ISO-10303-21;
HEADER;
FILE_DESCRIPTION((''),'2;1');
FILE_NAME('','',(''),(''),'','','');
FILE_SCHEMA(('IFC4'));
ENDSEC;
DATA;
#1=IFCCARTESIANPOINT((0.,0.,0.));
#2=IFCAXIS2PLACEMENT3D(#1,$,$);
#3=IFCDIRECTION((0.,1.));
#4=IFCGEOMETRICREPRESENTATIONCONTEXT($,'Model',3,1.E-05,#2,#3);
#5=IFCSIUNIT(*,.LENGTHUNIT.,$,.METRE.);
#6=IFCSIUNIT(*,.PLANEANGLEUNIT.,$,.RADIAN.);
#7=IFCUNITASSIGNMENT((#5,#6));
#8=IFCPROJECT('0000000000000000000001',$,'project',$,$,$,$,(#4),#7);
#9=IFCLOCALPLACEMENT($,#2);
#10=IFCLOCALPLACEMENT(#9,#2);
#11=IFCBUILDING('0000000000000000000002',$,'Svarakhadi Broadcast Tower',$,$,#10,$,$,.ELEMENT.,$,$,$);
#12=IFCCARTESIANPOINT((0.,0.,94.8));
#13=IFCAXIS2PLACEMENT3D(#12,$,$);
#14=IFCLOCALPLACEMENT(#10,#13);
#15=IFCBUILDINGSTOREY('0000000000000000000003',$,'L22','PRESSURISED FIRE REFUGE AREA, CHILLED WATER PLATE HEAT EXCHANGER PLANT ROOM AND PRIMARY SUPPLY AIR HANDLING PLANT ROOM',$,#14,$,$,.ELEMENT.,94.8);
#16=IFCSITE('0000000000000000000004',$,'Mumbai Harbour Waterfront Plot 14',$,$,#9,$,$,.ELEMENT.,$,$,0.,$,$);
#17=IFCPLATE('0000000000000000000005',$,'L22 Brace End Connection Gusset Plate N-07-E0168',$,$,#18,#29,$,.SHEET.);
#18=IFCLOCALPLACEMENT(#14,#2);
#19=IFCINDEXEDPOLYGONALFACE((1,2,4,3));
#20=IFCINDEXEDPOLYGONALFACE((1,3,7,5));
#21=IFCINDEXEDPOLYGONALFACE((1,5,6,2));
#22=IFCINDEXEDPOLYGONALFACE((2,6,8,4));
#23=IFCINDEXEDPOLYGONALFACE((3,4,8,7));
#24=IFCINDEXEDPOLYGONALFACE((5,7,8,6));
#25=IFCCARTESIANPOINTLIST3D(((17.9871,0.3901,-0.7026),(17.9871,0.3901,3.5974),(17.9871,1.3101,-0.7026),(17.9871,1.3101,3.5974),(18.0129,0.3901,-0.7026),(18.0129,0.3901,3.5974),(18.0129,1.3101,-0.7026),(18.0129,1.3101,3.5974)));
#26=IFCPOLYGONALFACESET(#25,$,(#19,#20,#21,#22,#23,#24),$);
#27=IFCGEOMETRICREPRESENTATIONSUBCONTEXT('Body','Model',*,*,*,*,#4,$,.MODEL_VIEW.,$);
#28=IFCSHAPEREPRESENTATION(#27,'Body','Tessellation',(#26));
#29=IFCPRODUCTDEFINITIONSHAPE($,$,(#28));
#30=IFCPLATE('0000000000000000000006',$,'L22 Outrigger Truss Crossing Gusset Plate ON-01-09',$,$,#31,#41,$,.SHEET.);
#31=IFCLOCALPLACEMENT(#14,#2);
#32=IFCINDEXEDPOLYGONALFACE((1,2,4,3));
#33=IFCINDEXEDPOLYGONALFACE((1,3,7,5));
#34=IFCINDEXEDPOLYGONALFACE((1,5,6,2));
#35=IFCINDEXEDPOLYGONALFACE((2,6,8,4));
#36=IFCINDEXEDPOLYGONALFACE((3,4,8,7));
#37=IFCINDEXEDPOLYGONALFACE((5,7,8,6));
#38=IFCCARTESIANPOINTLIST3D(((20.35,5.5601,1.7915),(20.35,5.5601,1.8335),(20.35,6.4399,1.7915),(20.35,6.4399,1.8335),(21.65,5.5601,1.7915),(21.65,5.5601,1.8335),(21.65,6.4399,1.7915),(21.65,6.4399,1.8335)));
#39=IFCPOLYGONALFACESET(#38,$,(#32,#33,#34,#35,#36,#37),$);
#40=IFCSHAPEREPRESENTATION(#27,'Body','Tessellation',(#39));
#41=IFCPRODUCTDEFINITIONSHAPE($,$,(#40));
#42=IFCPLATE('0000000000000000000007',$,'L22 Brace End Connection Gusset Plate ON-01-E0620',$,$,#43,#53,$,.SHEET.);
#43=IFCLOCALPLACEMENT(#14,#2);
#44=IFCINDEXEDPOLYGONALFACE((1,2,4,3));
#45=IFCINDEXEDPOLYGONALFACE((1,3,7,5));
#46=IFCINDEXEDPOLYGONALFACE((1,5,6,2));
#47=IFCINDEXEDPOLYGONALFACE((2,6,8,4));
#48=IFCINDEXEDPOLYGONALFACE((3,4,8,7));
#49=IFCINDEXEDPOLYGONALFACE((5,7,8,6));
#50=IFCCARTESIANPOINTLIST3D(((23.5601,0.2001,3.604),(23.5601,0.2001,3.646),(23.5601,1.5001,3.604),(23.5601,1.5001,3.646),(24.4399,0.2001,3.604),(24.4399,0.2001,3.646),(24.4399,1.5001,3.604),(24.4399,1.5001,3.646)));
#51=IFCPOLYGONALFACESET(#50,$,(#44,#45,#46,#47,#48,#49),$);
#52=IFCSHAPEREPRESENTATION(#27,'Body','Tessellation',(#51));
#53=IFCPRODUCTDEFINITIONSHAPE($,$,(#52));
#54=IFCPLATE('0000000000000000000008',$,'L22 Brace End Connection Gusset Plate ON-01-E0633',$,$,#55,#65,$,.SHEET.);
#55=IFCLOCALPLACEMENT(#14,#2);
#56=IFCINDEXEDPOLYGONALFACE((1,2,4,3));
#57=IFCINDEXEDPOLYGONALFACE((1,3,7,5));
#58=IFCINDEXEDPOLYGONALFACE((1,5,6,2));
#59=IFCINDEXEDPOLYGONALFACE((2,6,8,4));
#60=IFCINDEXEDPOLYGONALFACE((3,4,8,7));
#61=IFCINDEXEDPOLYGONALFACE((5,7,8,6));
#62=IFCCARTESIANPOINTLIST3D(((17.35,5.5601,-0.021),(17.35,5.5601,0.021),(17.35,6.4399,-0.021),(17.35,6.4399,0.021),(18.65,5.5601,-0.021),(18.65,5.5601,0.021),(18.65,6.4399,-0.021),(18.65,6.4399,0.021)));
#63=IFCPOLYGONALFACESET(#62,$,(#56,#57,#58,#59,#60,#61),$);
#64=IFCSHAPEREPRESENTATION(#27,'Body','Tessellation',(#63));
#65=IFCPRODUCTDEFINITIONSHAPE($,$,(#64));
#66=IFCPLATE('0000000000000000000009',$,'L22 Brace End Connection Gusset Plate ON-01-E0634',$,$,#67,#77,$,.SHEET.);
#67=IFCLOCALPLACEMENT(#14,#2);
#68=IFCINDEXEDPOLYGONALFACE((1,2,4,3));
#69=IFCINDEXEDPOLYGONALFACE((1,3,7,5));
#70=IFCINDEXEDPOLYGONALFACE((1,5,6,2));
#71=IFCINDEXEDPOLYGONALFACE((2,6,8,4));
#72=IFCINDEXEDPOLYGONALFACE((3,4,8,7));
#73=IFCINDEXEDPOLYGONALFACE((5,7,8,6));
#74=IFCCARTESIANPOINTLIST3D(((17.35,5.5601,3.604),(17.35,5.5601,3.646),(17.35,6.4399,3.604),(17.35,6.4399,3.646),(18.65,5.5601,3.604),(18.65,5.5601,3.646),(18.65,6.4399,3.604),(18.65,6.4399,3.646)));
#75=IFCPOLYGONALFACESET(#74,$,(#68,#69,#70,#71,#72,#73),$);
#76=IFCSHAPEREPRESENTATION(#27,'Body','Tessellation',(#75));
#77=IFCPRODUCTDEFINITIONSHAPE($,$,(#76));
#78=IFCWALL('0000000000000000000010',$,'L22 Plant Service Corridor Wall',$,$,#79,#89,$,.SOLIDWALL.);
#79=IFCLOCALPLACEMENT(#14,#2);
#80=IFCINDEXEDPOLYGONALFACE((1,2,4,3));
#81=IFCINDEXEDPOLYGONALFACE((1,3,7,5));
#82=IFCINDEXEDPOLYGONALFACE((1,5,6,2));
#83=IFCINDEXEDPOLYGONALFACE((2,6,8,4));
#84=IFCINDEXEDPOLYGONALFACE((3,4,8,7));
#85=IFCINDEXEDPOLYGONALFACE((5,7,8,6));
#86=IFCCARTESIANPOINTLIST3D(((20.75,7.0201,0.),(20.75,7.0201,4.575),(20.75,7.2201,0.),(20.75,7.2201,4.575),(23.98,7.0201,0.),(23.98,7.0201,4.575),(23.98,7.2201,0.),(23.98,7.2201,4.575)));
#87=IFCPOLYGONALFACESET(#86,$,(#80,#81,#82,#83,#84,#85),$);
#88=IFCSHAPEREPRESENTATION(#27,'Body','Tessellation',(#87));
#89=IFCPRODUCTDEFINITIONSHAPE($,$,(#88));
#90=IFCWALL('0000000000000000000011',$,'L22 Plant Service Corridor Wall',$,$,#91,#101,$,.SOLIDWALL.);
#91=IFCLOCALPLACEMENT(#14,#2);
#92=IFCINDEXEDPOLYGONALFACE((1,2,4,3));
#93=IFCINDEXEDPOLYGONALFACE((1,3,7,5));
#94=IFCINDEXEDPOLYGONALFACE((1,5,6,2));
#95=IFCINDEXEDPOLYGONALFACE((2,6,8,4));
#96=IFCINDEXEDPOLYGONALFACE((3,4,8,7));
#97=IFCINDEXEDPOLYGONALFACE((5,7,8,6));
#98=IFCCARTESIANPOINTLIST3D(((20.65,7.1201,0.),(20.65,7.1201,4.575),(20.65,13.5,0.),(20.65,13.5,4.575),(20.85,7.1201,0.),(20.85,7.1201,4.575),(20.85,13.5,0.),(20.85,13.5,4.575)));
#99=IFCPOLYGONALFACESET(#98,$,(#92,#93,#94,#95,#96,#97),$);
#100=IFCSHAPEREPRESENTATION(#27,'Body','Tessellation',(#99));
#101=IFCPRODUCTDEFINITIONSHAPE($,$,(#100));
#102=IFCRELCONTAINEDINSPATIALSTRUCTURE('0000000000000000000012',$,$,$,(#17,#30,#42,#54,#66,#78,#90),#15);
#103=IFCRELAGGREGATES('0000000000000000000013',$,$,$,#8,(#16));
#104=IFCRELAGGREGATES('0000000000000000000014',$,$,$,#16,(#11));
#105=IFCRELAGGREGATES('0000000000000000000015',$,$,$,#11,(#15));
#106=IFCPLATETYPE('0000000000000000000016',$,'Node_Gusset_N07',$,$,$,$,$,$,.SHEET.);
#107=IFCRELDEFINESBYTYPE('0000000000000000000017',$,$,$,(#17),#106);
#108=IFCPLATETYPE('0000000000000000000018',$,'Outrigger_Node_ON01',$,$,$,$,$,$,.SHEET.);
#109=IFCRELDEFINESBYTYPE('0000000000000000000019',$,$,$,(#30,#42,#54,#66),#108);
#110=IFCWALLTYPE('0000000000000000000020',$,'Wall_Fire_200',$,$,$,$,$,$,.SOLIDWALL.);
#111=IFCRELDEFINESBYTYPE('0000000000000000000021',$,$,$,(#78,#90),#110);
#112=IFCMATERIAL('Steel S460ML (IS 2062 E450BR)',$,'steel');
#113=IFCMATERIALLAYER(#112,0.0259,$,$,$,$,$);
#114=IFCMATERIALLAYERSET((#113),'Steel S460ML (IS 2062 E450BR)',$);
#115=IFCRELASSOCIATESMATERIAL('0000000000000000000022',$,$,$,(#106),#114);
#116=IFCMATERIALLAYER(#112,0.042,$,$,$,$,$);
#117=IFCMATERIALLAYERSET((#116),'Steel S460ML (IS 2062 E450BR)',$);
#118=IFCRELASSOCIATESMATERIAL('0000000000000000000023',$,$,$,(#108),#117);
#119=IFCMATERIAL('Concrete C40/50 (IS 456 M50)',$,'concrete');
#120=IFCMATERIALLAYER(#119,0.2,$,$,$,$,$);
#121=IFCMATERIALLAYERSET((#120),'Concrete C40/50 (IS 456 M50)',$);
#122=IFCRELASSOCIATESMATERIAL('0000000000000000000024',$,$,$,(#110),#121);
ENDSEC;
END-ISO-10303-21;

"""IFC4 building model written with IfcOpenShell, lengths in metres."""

from ifc_helpers import new_model, si_unit, direction, frame, frame_2d, origin, origin_2d, place, context, subcontext, project, spatial, rectangle, extrude, material, layer, layer_set, type_object, element, save


model = new_model("IFC4")

# Units and contexts
model_context = context("Model", 3, precision=1e-05, world=origin(), true_north=direction((0.0, 1.0)))
body_context = subcontext(model_context, "Body", "Model", "MODEL_VIEW")
ifc_project = project(units=[si_unit("LENGTHUNIT", "METRE"), si_unit("PLANEANGLEUNIT", "RADIAN")], contexts=[model_context])

# Site, building, storey
site_placement = place(None, origin())
site = spatial("IfcSite", under=ifc_project, at=site_placement, Name="Mumbai Harbour Waterfront Plot 14", CompositionType="ELEMENT", RefElevation=0.0)
building_placement = place(site_placement, origin())
building = spatial("IfcBuilding", under=site, at=building_placement, Name="Svarakhadi Broadcast Tower", CompositionType="ELEMENT")
storey_placement = place(building_placement, frame((0.0, 0.0, 94.8)))
storey = spatial("IfcBuildingStorey", under=building, at=storey_placement, Name="L22", Description="PRESSURISED FIRE REFUGE AREA, CHILLED WATER PLATE HEAT EXCHANGER PLANT ROOM AND PRIMARY SUPPLY AIR HANDLING PLANT ROOM", CompositionType="ELEMENT", Elevation=94.8)

# Shared definitions
ifc_material_1 = material(Name="Steel S460ML (IS 2062 E450BR)", Category="steel")

# Plates
ifc_layer_1 = layer(ifc_material_1, 0.0259)
ifc_layer_set_1 = layer_set([ifc_layer_1], Name="Steel S460ML (IS 2062 E450BR)")
plate_type_1 = type_object("IfcPlateType", Name="Node_Gusset_N07", PredefinedType="SHEET", material=ifc_layer_set_1)
plate_1_placement = place(storey_placement, frame((18.0, 0.8501, -0.7026), z_axis=(0.0, 0.0, 1.0), x_axis=(0.0, 1.0, 0.0)))
element("IfcPlate", 1, at=plate_1_placement, inside=storey, type_object=plate_type_1, Name="L22 Brace End Connection Gusset Plate N-07-E0168", PredefinedType="SHEET", context=body_context, shape_type="SweptSolid", body=[
    extrude(rectangle(XDim=0.9199, YDim=0.0259, at=origin_2d()), origin(), (0.0, 0.0, 1.0), 4.3),
])
ifc_layer_2 = layer(ifc_material_1, 0.042)
ifc_layer_set_2 = layer_set([ifc_layer_2], Name="Steel S460ML (IS 2062 E450BR)")
plate_type_2 = type_object("IfcPlateType", Name="Outrigger_Node_ON01", PredefinedType="SHEET", material=ifc_layer_set_2)
for number, where, z_axis, x_axis, name in (
    (2, (21.0, 6.0, 1.7915), (0.0, 0.0, 1.0), (1.0, 0.0, 0.0), "L22 Outrigger Truss Crossing Gusset Plate ON-01-09"),
    (3, (24.0, 0.8501, 3.604), (0.0, 0.0, 1.0), (0.0, 1.0, 0.0), "L22 Brace End Connection Gusset Plate ON-01-E0620"),
    (4, (18.0, 6.0, -0.021), (0.0, 0.0, 1.0), (1.0, 0.0, 0.0), "L22 Brace End Connection Gusset Plate ON-01-E0633"),
    (5, (18.0, 6.0, 3.604), (0.0, 0.0, 1.0), (1.0, 0.0, 0.0), "L22 Brace End Connection Gusset Plate ON-01-E0634"),
):
    element("IfcPlate", number, at=place(storey_placement, frame(where, z_axis=z_axis, x_axis=x_axis)), inside=storey, type_object=plate_type_2, Name=name, PredefinedType="SHEET", context=body_context, shape_type="SweptSolid", body=[
        extrude(rectangle(XDim=1.3, YDim=0.8799, at=origin_2d()), origin(), (0.0, 0.0, 1.0), 0.042),
    ])

# Walls
ifc_material_2 = material(Name="Concrete C40/50 (IS 456 M50)", Category="concrete")
ifc_layer_3 = layer(ifc_material_2, 0.2)
ifc_layer_set_3 = layer_set([ifc_layer_3], Name="Concrete C40/50 (IS 456 M50)")
wall_type = type_object("IfcWallType", Name="Wall_Fire_200", PredefinedType="SOLIDWALL", material=ifc_layer_set_3)
wall_1_placement = place(storey_placement, frame((23.98, 7.1201, 0.0), z_axis=(0.0, 0.0, 1.0), x_axis=(-1.0, 0.0, 0.0)))
element("IfcWall", 6, at=wall_1_placement, inside=storey, type_object=wall_type, Name="L22 Plant Service Corridor Wall", PredefinedType="SOLIDWALL", context=body_context, shape_type="SweptSolid", body=[
    extrude(rectangle(XDim=3.23, YDim=0.2, at=frame_2d((1.615, 0.0))), origin(), (0.0, 0.0, 1.0), 4.575),
])
wall_2_placement = place(storey_placement, frame((20.75, 7.1201, 0.0), z_axis=(0.0, 0.0, 1.0), x_axis=(0.0, 1.0, 0.0)))
element("IfcWall", 7, at=wall_2_placement, inside=storey, type_object=wall_type, Name="L22 Plant Service Corridor Wall", PredefinedType="SOLIDWALL", context=body_context, shape_type="SweptSolid", body=[
    extrude(rectangle(XDim=6.3799, YDim=0.2, at=frame_2d((3.1899, 0.0))), origin(), (0.0, 0.0, 1.0), 4.575),
])

save(model, "model.ifc")
